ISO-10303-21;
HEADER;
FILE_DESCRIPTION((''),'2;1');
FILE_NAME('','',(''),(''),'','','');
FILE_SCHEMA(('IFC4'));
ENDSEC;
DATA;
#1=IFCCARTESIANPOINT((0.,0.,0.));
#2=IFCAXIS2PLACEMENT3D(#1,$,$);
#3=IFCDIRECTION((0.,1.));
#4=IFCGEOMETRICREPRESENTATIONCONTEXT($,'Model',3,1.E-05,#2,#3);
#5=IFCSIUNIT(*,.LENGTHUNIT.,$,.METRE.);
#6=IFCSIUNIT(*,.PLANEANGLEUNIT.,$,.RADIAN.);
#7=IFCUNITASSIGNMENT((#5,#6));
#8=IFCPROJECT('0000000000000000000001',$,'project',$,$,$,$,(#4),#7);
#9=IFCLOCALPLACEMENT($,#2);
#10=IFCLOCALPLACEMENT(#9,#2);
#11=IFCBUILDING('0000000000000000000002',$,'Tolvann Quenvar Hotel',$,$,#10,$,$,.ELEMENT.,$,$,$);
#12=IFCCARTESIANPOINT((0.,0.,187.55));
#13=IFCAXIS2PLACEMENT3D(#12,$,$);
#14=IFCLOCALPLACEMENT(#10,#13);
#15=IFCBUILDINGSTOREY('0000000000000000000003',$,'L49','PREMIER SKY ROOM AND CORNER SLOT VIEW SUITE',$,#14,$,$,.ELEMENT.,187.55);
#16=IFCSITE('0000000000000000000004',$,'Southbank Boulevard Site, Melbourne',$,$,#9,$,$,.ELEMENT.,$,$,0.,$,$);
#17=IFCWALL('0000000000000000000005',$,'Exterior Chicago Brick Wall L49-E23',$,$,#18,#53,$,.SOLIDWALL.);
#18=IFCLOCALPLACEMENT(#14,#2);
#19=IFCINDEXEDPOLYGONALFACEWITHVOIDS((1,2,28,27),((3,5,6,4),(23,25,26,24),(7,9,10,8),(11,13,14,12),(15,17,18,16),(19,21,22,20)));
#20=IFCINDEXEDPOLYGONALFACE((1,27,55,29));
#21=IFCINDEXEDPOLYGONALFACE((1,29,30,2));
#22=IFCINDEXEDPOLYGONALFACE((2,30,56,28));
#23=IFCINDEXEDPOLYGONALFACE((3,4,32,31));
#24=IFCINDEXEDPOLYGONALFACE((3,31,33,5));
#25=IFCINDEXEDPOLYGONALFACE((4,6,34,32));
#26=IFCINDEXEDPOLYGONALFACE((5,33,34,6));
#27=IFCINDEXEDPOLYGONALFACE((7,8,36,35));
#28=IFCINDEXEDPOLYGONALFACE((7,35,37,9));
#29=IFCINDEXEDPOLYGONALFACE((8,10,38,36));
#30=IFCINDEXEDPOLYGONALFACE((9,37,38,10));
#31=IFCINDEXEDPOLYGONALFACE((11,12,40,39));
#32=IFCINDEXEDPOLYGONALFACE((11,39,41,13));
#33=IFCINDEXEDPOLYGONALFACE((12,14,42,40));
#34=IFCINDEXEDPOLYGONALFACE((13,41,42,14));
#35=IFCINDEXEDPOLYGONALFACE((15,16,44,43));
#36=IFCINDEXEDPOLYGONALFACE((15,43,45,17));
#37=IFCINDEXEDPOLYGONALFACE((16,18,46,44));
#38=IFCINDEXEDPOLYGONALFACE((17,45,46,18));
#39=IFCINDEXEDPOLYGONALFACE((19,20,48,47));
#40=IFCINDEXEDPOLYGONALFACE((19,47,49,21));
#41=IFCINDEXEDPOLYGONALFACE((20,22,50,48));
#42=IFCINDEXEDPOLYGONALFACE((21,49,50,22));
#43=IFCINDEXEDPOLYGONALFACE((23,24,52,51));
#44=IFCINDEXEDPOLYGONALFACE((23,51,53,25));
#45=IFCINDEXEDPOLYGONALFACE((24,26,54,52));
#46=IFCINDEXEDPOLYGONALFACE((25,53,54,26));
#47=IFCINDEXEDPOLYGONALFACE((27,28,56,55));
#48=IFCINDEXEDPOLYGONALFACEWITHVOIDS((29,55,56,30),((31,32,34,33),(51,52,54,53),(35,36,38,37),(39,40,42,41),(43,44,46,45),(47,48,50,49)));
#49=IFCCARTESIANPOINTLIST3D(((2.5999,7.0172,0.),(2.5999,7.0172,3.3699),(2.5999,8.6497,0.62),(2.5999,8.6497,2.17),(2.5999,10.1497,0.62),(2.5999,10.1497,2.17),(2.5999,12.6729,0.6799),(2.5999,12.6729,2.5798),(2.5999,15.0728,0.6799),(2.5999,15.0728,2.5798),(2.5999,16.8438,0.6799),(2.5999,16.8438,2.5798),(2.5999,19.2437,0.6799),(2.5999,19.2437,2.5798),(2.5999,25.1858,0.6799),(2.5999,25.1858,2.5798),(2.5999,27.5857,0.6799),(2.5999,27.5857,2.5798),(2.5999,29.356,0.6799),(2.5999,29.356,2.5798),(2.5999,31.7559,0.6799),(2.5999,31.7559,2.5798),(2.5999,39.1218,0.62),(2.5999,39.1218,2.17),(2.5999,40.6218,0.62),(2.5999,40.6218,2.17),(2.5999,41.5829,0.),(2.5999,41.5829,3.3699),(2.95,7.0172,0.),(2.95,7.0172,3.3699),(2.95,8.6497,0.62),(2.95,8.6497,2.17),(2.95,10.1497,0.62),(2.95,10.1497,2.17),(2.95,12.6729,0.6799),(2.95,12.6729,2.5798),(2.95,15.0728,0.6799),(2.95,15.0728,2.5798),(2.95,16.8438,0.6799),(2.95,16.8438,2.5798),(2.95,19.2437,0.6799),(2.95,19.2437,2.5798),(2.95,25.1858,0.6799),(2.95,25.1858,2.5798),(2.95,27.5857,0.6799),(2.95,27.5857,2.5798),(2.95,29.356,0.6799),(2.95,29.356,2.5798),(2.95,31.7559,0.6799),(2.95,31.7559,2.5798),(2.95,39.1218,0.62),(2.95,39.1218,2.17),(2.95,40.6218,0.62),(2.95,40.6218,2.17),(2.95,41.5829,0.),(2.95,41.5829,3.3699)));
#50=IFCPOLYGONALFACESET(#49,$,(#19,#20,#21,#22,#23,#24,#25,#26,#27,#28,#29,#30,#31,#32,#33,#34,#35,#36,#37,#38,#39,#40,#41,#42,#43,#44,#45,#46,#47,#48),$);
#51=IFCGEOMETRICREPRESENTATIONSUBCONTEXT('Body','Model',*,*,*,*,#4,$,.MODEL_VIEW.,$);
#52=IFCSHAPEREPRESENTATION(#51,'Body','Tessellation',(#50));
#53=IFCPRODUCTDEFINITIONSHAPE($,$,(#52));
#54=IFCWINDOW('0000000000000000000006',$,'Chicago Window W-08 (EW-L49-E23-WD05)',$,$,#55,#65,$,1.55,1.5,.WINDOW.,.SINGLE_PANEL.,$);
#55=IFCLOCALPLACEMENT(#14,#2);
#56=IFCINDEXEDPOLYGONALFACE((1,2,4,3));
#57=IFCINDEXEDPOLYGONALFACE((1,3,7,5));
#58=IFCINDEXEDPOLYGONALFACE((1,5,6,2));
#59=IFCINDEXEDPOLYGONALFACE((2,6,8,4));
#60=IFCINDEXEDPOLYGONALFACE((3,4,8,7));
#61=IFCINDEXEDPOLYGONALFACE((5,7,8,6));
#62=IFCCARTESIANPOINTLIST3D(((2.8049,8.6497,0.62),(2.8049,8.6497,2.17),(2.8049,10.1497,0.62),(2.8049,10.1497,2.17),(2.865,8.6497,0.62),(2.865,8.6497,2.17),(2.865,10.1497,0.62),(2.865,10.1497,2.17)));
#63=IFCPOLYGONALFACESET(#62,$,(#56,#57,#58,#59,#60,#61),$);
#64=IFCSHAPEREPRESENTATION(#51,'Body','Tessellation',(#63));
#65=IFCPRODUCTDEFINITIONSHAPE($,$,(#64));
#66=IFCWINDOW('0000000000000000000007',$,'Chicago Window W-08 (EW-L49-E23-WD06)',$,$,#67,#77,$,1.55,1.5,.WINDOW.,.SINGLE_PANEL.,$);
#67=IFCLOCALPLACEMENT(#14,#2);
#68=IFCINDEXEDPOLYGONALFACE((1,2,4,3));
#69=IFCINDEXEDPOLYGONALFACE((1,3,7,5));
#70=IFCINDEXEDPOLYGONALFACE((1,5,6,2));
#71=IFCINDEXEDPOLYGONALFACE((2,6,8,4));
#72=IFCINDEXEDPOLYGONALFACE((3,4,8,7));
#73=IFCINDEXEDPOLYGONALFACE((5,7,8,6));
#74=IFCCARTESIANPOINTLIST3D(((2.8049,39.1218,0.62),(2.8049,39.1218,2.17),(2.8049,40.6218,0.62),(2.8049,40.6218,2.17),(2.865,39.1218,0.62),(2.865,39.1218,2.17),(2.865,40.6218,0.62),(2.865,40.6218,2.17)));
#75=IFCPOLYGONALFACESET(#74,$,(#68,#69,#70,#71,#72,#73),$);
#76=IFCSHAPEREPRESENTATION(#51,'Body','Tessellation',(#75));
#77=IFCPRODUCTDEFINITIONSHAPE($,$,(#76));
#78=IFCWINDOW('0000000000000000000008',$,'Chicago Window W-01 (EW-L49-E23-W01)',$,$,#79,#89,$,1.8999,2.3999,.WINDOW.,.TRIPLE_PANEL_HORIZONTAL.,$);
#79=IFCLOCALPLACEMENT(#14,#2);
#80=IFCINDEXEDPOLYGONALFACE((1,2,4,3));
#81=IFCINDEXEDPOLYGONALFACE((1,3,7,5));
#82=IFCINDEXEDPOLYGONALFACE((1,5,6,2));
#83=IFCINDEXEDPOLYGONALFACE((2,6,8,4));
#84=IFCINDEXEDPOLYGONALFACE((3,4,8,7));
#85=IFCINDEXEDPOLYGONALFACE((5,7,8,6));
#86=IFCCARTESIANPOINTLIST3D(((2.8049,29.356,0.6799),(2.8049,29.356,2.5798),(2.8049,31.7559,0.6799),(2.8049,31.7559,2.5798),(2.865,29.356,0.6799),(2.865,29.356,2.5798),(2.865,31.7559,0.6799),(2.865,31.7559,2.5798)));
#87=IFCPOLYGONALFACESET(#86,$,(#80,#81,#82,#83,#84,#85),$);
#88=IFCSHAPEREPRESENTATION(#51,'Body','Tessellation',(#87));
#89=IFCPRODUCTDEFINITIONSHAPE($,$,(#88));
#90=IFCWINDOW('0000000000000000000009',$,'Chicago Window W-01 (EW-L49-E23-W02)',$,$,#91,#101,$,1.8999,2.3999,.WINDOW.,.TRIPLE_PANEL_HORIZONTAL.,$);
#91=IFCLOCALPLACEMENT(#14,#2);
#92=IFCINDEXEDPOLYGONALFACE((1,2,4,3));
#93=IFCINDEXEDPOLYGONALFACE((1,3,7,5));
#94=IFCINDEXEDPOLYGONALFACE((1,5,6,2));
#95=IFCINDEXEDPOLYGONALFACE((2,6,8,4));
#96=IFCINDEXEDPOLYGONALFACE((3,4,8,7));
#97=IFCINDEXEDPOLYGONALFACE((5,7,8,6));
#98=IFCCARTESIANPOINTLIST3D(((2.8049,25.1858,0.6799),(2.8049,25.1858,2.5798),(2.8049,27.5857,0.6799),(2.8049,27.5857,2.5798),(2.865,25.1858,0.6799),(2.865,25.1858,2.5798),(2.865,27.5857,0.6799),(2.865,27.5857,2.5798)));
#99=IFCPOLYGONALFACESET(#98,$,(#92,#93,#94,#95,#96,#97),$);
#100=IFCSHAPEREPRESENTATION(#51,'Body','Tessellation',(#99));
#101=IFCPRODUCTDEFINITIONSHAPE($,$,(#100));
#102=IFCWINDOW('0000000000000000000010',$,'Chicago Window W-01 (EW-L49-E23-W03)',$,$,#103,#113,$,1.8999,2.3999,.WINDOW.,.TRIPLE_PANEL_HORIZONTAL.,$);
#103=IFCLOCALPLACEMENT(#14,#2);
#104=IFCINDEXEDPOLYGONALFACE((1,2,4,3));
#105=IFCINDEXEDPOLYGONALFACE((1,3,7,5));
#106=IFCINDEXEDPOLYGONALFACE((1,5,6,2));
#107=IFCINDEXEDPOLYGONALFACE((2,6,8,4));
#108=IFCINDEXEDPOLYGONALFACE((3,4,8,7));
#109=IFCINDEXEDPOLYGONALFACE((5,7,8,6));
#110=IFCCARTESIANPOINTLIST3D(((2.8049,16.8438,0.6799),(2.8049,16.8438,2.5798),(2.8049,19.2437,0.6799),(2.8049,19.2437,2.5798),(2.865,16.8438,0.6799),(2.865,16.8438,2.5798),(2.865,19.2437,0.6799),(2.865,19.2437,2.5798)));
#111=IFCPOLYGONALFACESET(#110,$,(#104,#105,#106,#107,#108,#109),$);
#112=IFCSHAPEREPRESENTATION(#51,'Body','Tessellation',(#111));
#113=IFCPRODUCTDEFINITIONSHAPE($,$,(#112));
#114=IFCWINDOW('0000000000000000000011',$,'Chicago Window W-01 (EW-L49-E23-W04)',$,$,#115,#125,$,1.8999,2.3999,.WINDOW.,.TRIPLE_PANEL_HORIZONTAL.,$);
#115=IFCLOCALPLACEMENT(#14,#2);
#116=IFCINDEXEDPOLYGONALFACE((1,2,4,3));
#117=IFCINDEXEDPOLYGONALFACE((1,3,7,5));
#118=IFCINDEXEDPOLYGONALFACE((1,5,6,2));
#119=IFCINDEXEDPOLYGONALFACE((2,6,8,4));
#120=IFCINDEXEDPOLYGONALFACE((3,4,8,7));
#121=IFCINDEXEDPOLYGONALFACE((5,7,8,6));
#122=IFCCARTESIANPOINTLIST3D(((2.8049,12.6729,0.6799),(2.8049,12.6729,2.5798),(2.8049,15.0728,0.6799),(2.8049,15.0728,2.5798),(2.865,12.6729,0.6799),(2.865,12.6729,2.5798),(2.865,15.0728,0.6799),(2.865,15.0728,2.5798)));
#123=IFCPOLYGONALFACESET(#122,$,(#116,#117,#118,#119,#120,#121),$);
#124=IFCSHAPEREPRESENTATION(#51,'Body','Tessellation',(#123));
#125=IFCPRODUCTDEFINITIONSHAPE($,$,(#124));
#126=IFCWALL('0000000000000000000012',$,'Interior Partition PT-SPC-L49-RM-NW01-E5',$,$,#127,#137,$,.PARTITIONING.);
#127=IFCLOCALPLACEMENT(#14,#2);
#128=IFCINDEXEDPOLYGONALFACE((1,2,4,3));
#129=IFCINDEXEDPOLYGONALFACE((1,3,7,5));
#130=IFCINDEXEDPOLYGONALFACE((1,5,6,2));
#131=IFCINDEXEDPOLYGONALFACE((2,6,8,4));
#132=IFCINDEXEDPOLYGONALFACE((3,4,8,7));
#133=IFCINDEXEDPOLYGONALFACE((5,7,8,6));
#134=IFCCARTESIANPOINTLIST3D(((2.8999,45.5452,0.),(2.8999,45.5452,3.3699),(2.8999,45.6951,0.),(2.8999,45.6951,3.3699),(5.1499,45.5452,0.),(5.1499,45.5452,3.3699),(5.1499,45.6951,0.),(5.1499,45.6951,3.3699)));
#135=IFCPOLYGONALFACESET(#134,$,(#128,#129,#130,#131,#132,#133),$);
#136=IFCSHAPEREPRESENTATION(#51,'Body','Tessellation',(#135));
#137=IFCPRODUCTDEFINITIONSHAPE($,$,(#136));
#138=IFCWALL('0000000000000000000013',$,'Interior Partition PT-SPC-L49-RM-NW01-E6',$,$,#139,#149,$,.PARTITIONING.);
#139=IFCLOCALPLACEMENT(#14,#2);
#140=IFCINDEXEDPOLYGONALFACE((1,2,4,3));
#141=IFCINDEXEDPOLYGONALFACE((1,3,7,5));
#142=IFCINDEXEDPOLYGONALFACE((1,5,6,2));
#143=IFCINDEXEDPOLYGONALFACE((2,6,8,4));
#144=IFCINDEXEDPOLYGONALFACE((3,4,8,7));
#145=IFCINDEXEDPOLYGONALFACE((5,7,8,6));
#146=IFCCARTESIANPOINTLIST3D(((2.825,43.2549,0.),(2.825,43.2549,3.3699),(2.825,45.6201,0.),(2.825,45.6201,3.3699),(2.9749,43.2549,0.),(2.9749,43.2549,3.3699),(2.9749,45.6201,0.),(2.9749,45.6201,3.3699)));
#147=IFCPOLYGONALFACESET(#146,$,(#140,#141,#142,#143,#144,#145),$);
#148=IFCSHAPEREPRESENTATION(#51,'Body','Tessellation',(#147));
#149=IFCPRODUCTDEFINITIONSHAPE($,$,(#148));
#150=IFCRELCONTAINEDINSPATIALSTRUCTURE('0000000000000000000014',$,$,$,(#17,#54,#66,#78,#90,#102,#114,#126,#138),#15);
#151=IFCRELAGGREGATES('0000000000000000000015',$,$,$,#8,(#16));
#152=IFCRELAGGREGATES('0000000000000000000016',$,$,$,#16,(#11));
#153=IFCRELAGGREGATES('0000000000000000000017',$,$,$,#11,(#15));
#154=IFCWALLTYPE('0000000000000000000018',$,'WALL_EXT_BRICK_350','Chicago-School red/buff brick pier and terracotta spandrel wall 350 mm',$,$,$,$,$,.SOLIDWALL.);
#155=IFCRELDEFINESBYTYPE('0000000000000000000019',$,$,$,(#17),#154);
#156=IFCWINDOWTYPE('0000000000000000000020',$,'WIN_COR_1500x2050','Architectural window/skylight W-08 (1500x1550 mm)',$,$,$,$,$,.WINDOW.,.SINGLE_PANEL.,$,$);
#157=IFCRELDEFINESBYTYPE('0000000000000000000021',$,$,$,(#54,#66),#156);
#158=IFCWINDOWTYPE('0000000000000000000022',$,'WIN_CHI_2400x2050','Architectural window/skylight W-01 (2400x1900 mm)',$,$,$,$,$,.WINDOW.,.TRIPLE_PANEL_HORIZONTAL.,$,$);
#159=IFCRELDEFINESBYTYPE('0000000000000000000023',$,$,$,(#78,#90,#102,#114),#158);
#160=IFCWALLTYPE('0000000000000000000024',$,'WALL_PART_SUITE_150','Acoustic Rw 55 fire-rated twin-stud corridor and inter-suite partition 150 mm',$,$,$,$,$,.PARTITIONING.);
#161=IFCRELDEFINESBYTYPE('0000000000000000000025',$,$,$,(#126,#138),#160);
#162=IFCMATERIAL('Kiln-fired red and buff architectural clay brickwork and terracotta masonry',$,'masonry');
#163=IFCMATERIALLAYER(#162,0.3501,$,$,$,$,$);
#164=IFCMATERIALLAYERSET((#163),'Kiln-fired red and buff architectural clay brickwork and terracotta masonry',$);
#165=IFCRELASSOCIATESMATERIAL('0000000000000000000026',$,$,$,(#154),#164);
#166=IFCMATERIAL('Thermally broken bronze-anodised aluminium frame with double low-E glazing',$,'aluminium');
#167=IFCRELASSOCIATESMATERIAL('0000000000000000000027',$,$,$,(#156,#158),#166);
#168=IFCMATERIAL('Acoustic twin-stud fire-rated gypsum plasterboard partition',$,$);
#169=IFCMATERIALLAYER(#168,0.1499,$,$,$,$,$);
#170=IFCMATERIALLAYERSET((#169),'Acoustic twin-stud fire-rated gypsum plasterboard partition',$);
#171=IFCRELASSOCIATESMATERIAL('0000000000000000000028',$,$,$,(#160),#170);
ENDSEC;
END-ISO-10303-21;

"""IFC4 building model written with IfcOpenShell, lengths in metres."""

from ifc_helpers import new_model, si_unit, direction, frame, frame_2d, origin, place, context, subcontext, project, spatial, rectangle, extrude, source, transform, mapped, material, layer, layer_set, type_object, type_shapes, element, fill, save


model = new_model("IFC4")

# Units and contexts
model_context = context("Model", 3, precision=1e-05, world=origin(), true_north=direction((0.0, 1.0)))
body_context = subcontext(model_context, "Body", "Model", "MODEL_VIEW")
ifc_project = project(units=[si_unit("LENGTHUNIT", "METRE"), si_unit("PLANEANGLEUNIT", "RADIAN")], contexts=[model_context])

# Site, building, storey
site_placement = place(None, origin())
site = spatial("IfcSite", under=ifc_project, at=site_placement, Name="Southbank Boulevard Site, Melbourne", CompositionType="ELEMENT", RefElevation=0.0)
building_placement = place(site_placement, origin())
building = spatial("IfcBuilding", under=site, at=building_placement, Name="Tolvann Quenvar Hotel", CompositionType="ELEMENT")
storey_placement = place(building_placement, frame((0.0, 0.0, 187.55)))
storey = spatial("IfcBuildingStorey", under=building, at=storey_placement, Name="L49", Description="PREMIER SKY ROOM AND CORNER SLOT VIEW SUITE", CompositionType="ELEMENT", Elevation=187.55)

# Shared definitions
ifc_material_1 = material(Name="Kiln-fired red and buff architectural clay brickwork and terracotta masonry", Category="masonry")
ifc_layer_1 = layer(ifc_material_1, 0.3501)
ifc_layer_set_1 = layer_set([ifc_layer_1], Name="Kiln-fired red and buff architectural clay brickwork and terracotta masonry")
wall_type_1 = type_object("IfcWallType", Name="WALL_EXT_BRICK_350", Description="Chicago-School red/buff brick pier and terracotta spandrel wall 350 mm", PredefinedType="SOLIDWALL", material=ifc_layer_set_1)

# Wall, openings, windows
wall_1_placement = place(storey_placement, frame((2.7749, 41.5828, 0.0), z_axis=(0.0, 0.0, 1.0), x_axis=(0.0, -1.0, 0.0)))
wall_1 = element("IfcWall", 1, at=wall_1_placement, inside=storey, type_object=wall_type_1, Name="Exterior Chicago Brick Wall L49-E23", PredefinedType="SOLIDWALL", context=body_context, shape_type="SweptSolid", body=[
    extrude(rectangle(XDim=34.5657, YDim=0.3501, at=frame_2d((17.2827, 0.0))), origin(), (0.0, 0.0, 1.0), 3.3699),
])
opening_1_placement = place(wall_1_placement, frame((9.8269, 0.0, 0.6799)))
opening_1 = element("IfcOpeningElement", 2, at=opening_1_placement, cuts=wall_1, PredefinedType="OPENING", context=body_context, shape_type="SweptSolid", body=[
    extrude(rectangle(XDim=2.3999, YDim=1.8999, at=frame_2d((1.2, 0.95))), frame((0.0, 0.1851, 0.0), z_axis=(0.0, -1.0, 0.0), x_axis=(1.0, 0.0, 0.0)), (0.0, 0.0, 1.0), 0.3701),
])
opening_2_placement = place(wall_1_placement, frame((13.9971, 0.0, 0.6799)))
opening_2 = element("IfcOpeningElement", 3, at=opening_2_placement, cuts=wall_1, PredefinedType="OPENING", context=body_context, shape_type="SweptSolid", body=[
    extrude(rectangle(XDim=2.3999, YDim=1.8999, at=frame_2d((1.2, 0.95))), frame((0.0, 0.1851, 0.0), z_axis=(0.0, -1.0, 0.0), x_axis=(1.0, 0.0, 0.0)), (0.0, 0.0, 1.0), 0.3701),
])
opening_3_placement = place(wall_1_placement, frame((22.3391, 0.0, 0.6799)))
opening_3 = element("IfcOpeningElement", 4, at=opening_3_placement, cuts=wall_1, PredefinedType="OPENING", context=body_context, shape_type="SweptSolid", body=[
    extrude(rectangle(XDim=2.3999, YDim=1.8999, at=frame_2d((1.2, 0.95))), frame((0.0, 0.1851, 0.0), z_axis=(0.0, -1.0, 0.0), x_axis=(1.0, 0.0, 0.0)), (0.0, 0.0, 1.0), 0.3701),
])
opening_4_placement = place(wall_1_placement, frame((26.51, 0.0, 0.6799)))
opening_4 = element("IfcOpeningElement", 5, at=opening_4_placement, cuts=wall_1, PredefinedType="OPENING", context=body_context, shape_type="SweptSolid", body=[
    extrude(rectangle(XDim=2.3999, YDim=1.8999, at=frame_2d((1.2, 0.95))), frame((0.0, 0.1851, 0.0), z_axis=(0.0, -1.0, 0.0), x_axis=(1.0, 0.0, 0.0)), (0.0, 0.0, 1.0), 0.3701),
])
opening_5_placement = place(wall_1_placement, frame((31.4331, 0.0, 0.6201)))
opening_5 = element("IfcOpeningElement", 6, at=opening_5_placement, cuts=wall_1, PredefinedType="OPENING", context=body_context, shape_type="SweptSolid", body=[
    extrude(rectangle(XDim=1.5, YDim=1.55, at=frame_2d((0.75, 0.7749))), frame((0.0, 0.1851, 0.0), z_axis=(0.0, -1.0, 0.0), x_axis=(1.0, 0.0, 0.0)), (0.0, 0.0, 1.0), 0.3701),
])
opening_6_placement = place(wall_1_placement, frame((0.9609, 0.0, 0.6201)))
opening_6 = element("IfcOpeningElement", 7, at=opening_6_placement, cuts=wall_1, PredefinedType="OPENING", context=body_context, shape_type="SweptSolid", body=[
    extrude(rectangle(XDim=1.5, YDim=1.55, at=frame_2d((0.75, 0.7749))), frame((0.0, 0.1851, 0.0), z_axis=(0.0, -1.0, 0.0), x_axis=(1.0, 0.0, 0.0)), (0.0, 0.0, 1.0), 0.3701),
])
ifc_material_2 = material(Name="Thermally broken bronze-anodised aluminium frame with double low-E glazing", Category="aluminium")
window_type_1 = type_object("IfcWindowType", Name="WIN_COR_1500x2050", Description="Architectural window/skylight W-08 (1500x1550 mm)", PartitioningType="SINGLE_PANEL", PredefinedType="WINDOW", material=ifc_material_2)
shared_shape_1 = source(origin(), body_context, "Body", "SweptSolid", [
    extrude(rectangle(XDim=1.5, YDim=1.55, at=frame_2d((0.75, 0.7749))), frame((0.0, 0.0901, 0.0), z_axis=(0.0, -1.0, 0.0), x_axis=(1.0, 0.0, 0.0)), (0.0, 0.0, 1.0), 0.0601),
])
type_shapes(window_type_1, [shared_shape_1])
window_1_placement = place(opening_5_placement, origin())
window_1 = element("IfcWindow", 8, at=window_1_placement, inside=storey, type_object=window_type_1, Name="Chicago Window W-08 (EW-L49-E23-WD05)", OverallHeight=1.55, OverallWidth=1.5, PartitioningType="SINGLE_PANEL", PredefinedType="WINDOW", context=body_context, shape_type="MappedRepresentation", body=[
    mapped(shared_shape_1, transform((0.0, 0.0, 0.0), x_axis=(1.0, 0.0, 0.0), y_axis=(0.0, 1.0, 0.0), z_axis=(0.0, 0.0, 1.0), scale=1.0)),
])
fill(opening_5, window_1)
window_2_placement = place(opening_6_placement, origin())
window_2 = element("IfcWindow", 9, at=window_2_placement, inside=storey, type_object=window_type_1, Name="Chicago Window W-08 (EW-L49-E23-WD06)", OverallHeight=1.55, OverallWidth=1.5, PartitioningType="SINGLE_PANEL", PredefinedType="WINDOW", context=body_context, shape_type="MappedRepresentation", body=[
    mapped(shared_shape_1, transform((0.0, 0.0, 0.0), x_axis=(1.0, 0.0, 0.0), y_axis=(0.0, 1.0, 0.0), z_axis=(0.0, 0.0, 1.0), scale=1.0)),
])
fill(opening_6, window_2)
window_type_2 = type_object("IfcWindowType", Name="WIN_CHI_2400x2050", Description="Architectural window/skylight W-01 (2400x1900 mm)", PartitioningType="TRIPLE_PANEL_HORIZONTAL", PredefinedType="WINDOW", material=ifc_material_2)
shared_shape_2 = source(origin(), body_context, "Body", "SweptSolid", [
    extrude(rectangle(XDim=2.3999, YDim=1.8999, at=frame_2d((1.2, 0.95))), frame((0.0, 0.0901, 0.0), z_axis=(0.0, -1.0, 0.0), x_axis=(1.0, 0.0, 0.0)), (0.0, 0.0, 1.0), 0.0601),
])
type_shapes(window_type_2, [shared_shape_2])
window_3_placement = place(opening_1_placement, origin())
window_3 = element("IfcWindow", 10, at=window_3_placement, inside=storey, type_object=window_type_2, Name="Chicago Window W-01 (EW-L49-E23-W01)", OverallHeight=1.8999, OverallWidth=2.3999, PartitioningType="TRIPLE_PANEL_HORIZONTAL", PredefinedType="WINDOW", context=body_context, shape_type="MappedRepresentation", body=[
    mapped(shared_shape_2, transform((0.0, 0.0, 0.0), x_axis=(1.0, 0.0, 0.0), y_axis=(0.0, 1.0, 0.0), z_axis=(0.0, 0.0, 1.0), scale=1.0)),
])
fill(opening_1, window_3)
window_4_placement = place(opening_2_placement, origin())
window_4 = element("IfcWindow", 11, at=window_4_placement, inside=storey, type_object=window_type_2, Name="Chicago Window W-01 (EW-L49-E23-W02)", OverallHeight=1.8999, OverallWidth=2.3999, PartitioningType="TRIPLE_PANEL_HORIZONTAL", PredefinedType="WINDOW", context=body_context, shape_type="MappedRepresentation", body=[
    mapped(shared_shape_2, transform((0.0, 0.0, 0.0), x_axis=(1.0, 0.0, 0.0), y_axis=(0.0, 1.0, 0.0), z_axis=(0.0, 0.0, 1.0), scale=1.0)),
])
fill(opening_2, window_4)
window_5_placement = place(opening_3_placement, origin())
window_5 = element("IfcWindow", 12, at=window_5_placement, inside=storey, type_object=window_type_2, Name="Chicago Window W-01 (EW-L49-E23-W03)", OverallHeight=1.8999, OverallWidth=2.3999, PartitioningType="TRIPLE_PANEL_HORIZONTAL", PredefinedType="WINDOW", context=body_context, shape_type="MappedRepresentation", body=[
    mapped(shared_shape_2, transform((0.0, 0.0, 0.0), x_axis=(1.0, 0.0, 0.0), y_axis=(0.0, 1.0, 0.0), z_axis=(0.0, 0.0, 1.0), scale=1.0)),
])
fill(opening_3, window_5)
window_6_placement = place(opening_4_placement, origin())
window_6 = element("IfcWindow", 13, at=window_6_placement, inside=storey, type_object=window_type_2, Name="Chicago Window W-01 (EW-L49-E23-W04)", OverallHeight=1.8999, OverallWidth=2.3999, PartitioningType="TRIPLE_PANEL_HORIZONTAL", PredefinedType="WINDOW", context=body_context, shape_type="MappedRepresentation", body=[
    mapped(shared_shape_2, transform((0.0, 0.0, 0.0), x_axis=(1.0, 0.0, 0.0), y_axis=(0.0, 1.0, 0.0), z_axis=(0.0, 0.0, 1.0), scale=1.0)),
])
fill(opening_4, window_6)

# Walls
ifc_material_3 = material(Name="Acoustic twin-stud fire-rated gypsum plasterboard partition")
ifc_layer_2 = layer(ifc_material_3, 0.1499)
ifc_layer_set_2 = layer_set([ifc_layer_2], Name="Acoustic twin-stud fire-rated gypsum plasterboard partition")
wall_type_2 = type_object("IfcWallType", Name="WALL_PART_SUITE_150", Description="Acoustic Rw 55 fire-rated twin-stud corridor and inter-suite partition 150 mm", PredefinedType="PARTITIONING", material=ifc_layer_set_2)
wall_2_placement = place(storey_placement, frame((2.8999, 45.6201, 0.0), z_axis=(0.0, 0.0, 1.0), x_axis=(1.0, 0.0, 0.0)))
element("IfcWall", 14, at=wall_2_placement, inside=storey, type_object=wall_type_2, Name="Interior Partition PT-SPC-L49-RM-NW01-E5", PredefinedType="PARTITIONING", context=body_context, shape_type="SweptSolid", body=[
    extrude(rectangle(XDim=2.25, YDim=0.1499, at=frame_2d((1.125, 0.0))), origin(), (0.0, 0.0, 1.0), 3.3699),
])
wall_3_placement = place(storey_placement, frame((2.8999, 43.2549, 0.0), z_axis=(0.0, 0.0, 1.0), x_axis=(0.0, 1.0, 0.0)))
element("IfcWall", 15, at=wall_3_placement, inside=storey, type_object=wall_type_2, Name="Interior Partition PT-SPC-L49-RM-NW01-E6", PredefinedType="PARTITIONING", context=body_context, shape_type="SweptSolid", body=[
    extrude(rectangle(XDim=2.3652, YDim=0.1499, at=frame_2d((1.1826, 0.0))), origin(), (0.0, 0.0, 1.0), 3.3699),
])

save(model, "model.ifc")
